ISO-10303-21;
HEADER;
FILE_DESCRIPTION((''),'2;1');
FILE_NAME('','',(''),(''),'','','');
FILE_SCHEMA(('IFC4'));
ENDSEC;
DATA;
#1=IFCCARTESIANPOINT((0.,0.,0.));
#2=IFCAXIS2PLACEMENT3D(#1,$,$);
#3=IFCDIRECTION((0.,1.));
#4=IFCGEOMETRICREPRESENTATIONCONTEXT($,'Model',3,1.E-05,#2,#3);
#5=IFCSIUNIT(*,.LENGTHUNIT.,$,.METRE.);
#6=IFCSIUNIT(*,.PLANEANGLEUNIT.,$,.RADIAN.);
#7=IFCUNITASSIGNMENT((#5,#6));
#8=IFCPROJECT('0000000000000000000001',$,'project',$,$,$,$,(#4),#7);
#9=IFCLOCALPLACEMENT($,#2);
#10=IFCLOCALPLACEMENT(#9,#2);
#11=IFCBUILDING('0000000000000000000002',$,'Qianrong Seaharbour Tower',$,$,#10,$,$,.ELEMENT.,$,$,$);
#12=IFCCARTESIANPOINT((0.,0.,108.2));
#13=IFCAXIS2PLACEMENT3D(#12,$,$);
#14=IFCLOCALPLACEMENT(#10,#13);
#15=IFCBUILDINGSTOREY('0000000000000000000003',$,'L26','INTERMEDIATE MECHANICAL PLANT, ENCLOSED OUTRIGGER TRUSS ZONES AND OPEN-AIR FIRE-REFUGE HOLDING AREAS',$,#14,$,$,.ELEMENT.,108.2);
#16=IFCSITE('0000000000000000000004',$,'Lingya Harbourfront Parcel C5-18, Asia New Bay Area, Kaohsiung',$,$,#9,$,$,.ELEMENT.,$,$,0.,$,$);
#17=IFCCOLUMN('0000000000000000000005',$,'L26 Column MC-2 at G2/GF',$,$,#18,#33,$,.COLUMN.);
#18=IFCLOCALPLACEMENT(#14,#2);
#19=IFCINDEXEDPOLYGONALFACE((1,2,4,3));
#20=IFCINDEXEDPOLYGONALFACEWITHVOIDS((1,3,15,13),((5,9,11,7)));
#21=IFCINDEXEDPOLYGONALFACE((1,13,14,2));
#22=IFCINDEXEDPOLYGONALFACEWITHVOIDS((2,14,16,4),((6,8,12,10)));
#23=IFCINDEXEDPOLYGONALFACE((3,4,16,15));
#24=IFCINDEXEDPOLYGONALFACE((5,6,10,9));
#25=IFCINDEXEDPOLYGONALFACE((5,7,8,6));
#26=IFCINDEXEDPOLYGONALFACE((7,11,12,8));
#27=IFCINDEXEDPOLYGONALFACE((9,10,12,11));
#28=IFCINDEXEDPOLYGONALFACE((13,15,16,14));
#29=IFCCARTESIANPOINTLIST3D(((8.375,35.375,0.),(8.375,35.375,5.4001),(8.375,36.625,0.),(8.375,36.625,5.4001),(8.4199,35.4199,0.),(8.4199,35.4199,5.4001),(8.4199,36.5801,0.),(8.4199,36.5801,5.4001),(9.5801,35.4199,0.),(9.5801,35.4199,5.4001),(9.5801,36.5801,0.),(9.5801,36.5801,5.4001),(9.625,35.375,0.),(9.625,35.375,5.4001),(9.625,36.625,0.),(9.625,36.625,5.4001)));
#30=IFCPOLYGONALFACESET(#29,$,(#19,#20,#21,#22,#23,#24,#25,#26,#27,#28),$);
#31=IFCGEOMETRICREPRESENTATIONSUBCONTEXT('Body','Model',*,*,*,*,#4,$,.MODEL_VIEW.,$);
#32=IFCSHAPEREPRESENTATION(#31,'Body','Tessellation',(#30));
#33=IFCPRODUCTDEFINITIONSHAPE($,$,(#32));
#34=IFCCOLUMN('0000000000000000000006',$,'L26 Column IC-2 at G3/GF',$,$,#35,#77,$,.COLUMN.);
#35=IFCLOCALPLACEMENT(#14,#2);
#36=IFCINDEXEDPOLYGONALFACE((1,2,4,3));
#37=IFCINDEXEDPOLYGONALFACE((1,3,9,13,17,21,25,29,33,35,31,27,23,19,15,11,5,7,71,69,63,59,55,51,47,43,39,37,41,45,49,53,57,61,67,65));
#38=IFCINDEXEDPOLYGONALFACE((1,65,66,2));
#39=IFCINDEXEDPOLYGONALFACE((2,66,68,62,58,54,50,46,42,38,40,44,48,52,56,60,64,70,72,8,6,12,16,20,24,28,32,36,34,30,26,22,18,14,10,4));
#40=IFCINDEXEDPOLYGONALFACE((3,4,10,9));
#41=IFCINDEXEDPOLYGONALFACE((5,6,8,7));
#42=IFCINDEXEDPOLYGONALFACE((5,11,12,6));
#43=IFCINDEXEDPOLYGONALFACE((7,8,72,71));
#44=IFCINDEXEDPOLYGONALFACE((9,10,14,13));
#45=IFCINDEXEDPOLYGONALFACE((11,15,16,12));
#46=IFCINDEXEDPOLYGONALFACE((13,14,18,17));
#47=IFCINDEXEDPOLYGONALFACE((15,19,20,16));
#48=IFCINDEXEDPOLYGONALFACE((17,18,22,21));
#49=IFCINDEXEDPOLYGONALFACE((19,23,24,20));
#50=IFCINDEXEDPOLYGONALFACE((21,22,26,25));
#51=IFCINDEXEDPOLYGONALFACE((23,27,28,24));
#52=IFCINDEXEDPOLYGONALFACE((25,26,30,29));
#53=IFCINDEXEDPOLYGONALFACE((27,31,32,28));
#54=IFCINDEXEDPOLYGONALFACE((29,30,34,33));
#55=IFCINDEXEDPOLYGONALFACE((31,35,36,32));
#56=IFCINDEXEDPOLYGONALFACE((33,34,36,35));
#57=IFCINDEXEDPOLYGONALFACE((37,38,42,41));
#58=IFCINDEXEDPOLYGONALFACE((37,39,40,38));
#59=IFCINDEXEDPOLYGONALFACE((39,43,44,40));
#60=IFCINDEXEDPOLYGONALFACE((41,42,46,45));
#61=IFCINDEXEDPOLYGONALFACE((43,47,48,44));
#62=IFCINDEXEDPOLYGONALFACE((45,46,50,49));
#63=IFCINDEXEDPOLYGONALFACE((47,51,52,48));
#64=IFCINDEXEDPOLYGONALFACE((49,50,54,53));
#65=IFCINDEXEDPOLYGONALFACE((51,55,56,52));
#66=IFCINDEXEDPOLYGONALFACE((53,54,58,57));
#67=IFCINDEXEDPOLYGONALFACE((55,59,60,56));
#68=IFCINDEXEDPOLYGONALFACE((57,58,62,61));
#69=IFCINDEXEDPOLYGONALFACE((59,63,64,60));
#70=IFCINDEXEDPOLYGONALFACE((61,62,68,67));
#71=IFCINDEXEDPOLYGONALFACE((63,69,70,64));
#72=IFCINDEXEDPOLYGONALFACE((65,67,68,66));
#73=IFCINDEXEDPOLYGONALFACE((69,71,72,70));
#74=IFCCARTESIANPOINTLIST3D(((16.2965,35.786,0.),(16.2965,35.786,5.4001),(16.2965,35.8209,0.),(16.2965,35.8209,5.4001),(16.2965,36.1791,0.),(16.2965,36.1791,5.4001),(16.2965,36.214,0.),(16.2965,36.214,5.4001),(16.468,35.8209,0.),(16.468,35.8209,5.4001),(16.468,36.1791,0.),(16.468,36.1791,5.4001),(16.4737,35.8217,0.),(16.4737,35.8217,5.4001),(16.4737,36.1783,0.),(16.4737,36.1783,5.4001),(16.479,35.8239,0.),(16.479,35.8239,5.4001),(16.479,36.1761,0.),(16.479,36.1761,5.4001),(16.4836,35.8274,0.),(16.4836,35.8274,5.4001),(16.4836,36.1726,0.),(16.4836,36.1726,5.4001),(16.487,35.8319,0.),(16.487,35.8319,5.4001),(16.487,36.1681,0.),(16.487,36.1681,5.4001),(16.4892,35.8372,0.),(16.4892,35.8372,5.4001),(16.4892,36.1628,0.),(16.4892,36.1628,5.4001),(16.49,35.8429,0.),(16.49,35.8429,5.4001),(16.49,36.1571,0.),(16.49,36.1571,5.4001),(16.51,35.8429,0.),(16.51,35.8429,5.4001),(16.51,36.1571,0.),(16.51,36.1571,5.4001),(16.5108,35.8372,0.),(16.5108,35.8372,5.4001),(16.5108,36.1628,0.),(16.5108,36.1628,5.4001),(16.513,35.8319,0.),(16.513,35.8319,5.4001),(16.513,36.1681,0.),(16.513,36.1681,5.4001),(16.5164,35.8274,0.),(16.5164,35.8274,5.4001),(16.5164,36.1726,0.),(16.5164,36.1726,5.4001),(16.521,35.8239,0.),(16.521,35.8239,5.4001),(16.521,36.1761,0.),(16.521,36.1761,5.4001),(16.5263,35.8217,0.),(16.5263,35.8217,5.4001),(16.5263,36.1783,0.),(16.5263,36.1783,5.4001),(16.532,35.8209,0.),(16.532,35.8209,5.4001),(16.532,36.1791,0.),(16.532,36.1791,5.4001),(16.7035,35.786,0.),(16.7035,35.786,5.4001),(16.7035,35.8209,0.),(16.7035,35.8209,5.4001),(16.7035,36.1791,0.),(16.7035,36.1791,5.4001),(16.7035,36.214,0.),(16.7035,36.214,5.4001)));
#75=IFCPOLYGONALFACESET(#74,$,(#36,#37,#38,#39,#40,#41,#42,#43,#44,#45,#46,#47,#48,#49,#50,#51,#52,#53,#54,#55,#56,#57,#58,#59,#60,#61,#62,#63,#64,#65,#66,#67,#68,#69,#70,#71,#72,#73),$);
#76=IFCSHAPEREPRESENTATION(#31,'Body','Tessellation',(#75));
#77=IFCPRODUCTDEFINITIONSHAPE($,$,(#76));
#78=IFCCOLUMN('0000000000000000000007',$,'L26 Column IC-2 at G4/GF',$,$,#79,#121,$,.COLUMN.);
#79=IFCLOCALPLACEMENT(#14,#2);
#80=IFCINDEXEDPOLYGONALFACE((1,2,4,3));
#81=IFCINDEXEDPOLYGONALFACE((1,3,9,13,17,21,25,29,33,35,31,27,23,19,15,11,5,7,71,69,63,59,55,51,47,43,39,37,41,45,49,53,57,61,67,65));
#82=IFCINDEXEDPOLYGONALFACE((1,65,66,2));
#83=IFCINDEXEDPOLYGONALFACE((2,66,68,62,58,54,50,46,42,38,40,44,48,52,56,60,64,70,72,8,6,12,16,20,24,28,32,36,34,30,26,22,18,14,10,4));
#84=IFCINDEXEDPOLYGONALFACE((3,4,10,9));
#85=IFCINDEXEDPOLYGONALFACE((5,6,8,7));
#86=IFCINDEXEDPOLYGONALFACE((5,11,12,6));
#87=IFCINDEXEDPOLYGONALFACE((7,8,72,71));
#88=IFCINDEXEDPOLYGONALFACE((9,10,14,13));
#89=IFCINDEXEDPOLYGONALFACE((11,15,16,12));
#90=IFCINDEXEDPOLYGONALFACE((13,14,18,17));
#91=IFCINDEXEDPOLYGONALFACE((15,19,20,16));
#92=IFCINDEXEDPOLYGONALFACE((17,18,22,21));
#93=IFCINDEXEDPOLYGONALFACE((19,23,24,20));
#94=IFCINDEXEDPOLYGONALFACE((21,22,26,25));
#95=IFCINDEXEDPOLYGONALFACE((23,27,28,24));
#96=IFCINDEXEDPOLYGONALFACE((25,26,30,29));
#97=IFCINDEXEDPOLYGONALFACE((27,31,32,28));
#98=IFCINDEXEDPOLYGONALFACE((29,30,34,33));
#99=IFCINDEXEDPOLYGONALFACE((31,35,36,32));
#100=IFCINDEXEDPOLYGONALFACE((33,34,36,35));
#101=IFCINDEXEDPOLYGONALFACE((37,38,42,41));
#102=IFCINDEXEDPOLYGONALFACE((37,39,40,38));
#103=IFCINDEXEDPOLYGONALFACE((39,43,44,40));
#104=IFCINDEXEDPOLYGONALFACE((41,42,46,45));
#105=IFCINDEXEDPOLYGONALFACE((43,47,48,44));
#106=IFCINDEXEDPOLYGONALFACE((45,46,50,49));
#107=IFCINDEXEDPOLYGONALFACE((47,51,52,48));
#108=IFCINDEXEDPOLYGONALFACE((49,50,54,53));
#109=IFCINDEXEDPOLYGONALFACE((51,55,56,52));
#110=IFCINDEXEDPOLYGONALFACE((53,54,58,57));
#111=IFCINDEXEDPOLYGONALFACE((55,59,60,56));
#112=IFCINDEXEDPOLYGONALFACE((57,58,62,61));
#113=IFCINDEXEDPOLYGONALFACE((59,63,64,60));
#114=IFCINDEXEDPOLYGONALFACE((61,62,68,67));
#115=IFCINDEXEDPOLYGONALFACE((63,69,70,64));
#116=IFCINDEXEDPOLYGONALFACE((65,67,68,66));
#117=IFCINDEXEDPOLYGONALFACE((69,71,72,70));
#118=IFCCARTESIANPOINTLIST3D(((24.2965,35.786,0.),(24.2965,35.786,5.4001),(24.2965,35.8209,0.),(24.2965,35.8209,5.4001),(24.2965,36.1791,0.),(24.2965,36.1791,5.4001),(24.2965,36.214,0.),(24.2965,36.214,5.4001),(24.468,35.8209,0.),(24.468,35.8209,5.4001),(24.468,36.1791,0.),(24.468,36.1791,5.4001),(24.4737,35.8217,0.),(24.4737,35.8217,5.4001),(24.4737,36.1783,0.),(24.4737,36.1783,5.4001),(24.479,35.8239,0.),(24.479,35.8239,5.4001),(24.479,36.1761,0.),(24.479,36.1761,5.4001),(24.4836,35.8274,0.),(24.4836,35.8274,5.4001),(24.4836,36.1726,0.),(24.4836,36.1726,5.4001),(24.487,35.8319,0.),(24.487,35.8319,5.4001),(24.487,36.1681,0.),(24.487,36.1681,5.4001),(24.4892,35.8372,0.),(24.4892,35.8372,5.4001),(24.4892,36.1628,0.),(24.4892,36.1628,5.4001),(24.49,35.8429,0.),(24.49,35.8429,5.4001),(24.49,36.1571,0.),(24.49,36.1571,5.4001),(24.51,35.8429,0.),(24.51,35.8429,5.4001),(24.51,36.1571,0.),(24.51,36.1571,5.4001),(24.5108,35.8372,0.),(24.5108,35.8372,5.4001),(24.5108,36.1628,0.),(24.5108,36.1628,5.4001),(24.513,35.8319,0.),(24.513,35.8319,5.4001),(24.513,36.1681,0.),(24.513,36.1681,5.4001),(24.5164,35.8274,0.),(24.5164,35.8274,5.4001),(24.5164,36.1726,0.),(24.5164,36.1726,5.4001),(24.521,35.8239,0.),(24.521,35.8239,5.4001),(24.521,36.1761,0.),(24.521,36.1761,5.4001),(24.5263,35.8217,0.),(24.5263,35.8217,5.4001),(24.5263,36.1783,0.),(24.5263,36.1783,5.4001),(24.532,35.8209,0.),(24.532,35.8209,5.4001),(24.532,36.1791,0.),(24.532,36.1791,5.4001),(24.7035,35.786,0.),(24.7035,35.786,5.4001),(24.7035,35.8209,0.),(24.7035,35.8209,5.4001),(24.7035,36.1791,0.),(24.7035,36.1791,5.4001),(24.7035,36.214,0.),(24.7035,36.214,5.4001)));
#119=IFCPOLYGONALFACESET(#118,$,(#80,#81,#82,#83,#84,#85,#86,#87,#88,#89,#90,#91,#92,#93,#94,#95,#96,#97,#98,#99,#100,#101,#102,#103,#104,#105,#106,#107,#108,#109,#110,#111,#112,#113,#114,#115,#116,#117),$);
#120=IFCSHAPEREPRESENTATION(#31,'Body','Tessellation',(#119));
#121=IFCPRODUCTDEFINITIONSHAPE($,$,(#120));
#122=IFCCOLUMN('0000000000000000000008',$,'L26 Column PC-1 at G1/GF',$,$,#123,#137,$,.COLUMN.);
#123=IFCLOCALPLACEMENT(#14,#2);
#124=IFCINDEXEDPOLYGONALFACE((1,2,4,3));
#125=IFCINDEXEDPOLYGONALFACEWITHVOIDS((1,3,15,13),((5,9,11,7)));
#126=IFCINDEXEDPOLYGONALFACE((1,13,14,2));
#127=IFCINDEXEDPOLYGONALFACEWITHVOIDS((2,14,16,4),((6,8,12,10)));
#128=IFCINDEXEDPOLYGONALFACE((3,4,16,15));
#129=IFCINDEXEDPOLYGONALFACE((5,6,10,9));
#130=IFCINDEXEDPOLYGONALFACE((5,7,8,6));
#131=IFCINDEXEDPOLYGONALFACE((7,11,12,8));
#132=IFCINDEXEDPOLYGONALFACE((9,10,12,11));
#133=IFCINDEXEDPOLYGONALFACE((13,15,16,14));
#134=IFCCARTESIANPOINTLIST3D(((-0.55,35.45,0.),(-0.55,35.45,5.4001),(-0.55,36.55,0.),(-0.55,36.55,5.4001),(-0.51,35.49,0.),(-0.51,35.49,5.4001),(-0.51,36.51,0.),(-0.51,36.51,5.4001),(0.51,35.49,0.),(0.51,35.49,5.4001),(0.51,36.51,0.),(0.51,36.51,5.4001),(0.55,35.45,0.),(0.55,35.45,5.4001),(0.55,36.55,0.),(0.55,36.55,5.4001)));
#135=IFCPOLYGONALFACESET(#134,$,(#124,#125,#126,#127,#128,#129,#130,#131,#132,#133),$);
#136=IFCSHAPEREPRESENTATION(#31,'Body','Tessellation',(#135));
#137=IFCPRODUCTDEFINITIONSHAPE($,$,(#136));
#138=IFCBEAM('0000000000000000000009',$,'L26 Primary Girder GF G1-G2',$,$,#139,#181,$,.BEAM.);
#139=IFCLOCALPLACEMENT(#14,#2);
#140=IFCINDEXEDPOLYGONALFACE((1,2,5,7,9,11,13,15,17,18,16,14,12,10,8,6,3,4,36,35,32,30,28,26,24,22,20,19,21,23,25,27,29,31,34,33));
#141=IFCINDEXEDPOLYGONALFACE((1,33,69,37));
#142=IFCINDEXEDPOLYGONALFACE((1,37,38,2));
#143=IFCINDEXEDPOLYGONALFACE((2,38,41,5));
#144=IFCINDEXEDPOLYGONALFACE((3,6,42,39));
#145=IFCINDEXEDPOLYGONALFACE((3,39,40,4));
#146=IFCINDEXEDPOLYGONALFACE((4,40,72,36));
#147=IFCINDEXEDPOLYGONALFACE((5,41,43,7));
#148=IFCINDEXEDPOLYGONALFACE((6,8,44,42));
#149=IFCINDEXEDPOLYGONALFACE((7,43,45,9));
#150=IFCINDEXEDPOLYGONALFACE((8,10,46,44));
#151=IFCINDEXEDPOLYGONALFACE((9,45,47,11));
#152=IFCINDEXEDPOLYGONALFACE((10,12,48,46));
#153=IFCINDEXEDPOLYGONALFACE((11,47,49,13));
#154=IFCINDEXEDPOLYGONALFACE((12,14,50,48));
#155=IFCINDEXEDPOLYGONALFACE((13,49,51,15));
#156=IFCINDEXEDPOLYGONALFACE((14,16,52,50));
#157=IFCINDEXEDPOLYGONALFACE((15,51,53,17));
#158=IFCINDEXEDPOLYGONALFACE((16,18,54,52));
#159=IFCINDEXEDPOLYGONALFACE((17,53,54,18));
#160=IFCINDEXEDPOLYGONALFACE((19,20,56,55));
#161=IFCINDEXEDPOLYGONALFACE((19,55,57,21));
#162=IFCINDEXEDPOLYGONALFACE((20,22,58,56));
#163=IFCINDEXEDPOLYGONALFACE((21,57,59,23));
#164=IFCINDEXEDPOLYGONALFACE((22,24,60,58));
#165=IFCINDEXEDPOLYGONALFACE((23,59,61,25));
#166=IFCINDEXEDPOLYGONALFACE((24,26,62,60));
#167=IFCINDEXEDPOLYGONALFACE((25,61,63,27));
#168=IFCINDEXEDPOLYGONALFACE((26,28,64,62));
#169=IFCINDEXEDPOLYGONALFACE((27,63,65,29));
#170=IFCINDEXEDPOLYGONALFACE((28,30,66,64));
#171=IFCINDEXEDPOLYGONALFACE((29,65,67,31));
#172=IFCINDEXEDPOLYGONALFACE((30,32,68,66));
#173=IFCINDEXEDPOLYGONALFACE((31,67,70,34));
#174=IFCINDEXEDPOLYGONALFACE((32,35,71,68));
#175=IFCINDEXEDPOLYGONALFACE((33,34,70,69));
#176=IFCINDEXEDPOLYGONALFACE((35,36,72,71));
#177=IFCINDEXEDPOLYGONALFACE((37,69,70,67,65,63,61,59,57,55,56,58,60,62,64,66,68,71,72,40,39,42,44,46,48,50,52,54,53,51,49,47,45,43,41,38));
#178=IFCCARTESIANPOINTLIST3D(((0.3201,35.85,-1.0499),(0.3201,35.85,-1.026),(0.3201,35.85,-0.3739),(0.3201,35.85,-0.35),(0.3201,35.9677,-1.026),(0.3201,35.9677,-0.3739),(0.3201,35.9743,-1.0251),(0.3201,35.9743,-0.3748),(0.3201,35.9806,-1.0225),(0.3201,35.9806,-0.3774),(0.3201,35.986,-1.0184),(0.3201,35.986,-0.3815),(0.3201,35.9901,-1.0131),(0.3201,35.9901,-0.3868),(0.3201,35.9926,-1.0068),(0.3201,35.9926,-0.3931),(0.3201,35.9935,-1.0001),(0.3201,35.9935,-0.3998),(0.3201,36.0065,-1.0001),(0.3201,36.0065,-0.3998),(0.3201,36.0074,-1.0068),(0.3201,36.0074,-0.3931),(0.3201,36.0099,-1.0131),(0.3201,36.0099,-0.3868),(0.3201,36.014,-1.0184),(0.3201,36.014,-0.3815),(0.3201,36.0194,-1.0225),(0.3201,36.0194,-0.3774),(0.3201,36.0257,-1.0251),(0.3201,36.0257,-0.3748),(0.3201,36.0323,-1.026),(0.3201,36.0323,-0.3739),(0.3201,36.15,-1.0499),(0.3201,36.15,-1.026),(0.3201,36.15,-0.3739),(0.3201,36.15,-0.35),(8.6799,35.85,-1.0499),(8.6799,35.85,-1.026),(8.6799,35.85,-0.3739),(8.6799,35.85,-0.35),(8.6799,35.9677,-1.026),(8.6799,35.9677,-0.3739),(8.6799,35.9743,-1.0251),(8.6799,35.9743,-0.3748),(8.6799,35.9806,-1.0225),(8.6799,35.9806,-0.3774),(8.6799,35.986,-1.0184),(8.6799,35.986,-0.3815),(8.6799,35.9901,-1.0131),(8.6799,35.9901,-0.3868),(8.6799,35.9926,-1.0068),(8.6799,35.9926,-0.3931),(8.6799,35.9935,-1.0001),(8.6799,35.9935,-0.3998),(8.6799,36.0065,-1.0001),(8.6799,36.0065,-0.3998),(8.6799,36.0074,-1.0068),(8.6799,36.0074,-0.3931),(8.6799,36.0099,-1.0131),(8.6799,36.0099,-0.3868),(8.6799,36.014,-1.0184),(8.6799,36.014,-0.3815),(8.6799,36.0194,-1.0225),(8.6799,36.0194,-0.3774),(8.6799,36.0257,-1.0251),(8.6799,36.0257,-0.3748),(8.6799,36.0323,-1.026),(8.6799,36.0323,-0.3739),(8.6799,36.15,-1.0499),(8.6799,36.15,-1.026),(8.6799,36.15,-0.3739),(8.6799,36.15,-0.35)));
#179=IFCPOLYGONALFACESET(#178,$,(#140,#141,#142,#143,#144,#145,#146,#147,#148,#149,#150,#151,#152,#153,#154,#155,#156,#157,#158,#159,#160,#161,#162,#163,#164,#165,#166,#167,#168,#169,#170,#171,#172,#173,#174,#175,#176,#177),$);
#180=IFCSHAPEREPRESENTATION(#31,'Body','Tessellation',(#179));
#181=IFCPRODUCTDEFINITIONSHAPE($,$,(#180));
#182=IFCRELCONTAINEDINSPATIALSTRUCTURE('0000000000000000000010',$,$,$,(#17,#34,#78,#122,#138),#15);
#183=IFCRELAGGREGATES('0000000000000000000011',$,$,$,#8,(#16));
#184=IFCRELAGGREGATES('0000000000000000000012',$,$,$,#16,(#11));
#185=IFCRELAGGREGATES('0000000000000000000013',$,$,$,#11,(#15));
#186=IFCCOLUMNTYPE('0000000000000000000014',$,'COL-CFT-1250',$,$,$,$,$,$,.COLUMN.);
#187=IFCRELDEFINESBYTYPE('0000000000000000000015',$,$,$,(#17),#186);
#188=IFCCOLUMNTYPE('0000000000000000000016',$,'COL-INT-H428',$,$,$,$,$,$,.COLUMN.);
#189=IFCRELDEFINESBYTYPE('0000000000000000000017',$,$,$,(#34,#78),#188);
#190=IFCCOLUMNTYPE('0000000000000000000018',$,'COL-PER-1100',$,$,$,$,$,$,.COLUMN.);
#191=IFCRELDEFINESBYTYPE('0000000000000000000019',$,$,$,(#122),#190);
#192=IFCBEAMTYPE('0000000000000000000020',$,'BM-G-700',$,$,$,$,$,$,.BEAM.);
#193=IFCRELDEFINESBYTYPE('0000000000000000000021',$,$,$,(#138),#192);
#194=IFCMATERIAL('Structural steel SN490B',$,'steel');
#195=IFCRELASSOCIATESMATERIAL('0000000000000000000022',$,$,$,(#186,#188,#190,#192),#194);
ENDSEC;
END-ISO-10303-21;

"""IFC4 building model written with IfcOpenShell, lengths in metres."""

from ifc_helpers import new_model, si_unit, direction, frame, origin, origin_2d, place, context, subcontext, project, spatial, hollow_rectangle, i_section, extrude, material, material_profile, profile_set, type_object, element, save


model = new_model("IFC4")

# Units and contexts
model_context = context("Model", 3, precision=1e-05, world=origin(), true_north=direction((0.0, 1.0)))
body_context = subcontext(model_context, "Body", "Model", "MODEL_VIEW")
ifc_project = project(units=[si_unit("LENGTHUNIT", "METRE"), si_unit("PLANEANGLEUNIT", "RADIAN")], contexts=[model_context])

# Site, building, storey
site_placement = place(None, origin())
site = spatial("IfcSite", under=ifc_project, at=site_placement, Name="Lingya Harbourfront Parcel C5-18, Asia New Bay Area, Kaohsiung", CompositionType="ELEMENT", RefElevation=0.0)
building_placement = place(site_placement, origin())
building = spatial("IfcBuilding", under=site, at=building_placement, Name="Qianrong Seaharbour Tower", CompositionType="ELEMENT")
storey_placement = place(building_placement, frame((0.0, 0.0, 108.2)))
storey = spatial("IfcBuildingStorey", under=building, at=storey_placement, Name="L26", Description="INTERMEDIATE MECHANICAL PLANT, ENCLOSED OUTRIGGER TRUSS ZONES AND OPEN-AIR FIRE-REFUGE HOLDING AREAS", CompositionType="ELEMENT", Elevation=108.2)

# Columns
ifc_material_1 = material(Name="Structural steel SN490B", Category="steel")
ifc_material_profile_1 = material_profile(ifc_material_1, hollow_rectangle(XDim=1.25, YDim=1.25, WallThickness=0.0449, at=origin_2d()), Name="BOX1250x1250x45")
ifc_profile_set_1 = profile_set([ifc_material_profile_1], Name="Structural steel SN490B")
column_type_1 = type_object("IfcColumnType", Name="COL-CFT-1250", PredefinedType="COLUMN", material=ifc_profile_set_1)
column_1_placement = place(storey_placement, frame((9.0, 36.0, 0.0), z_axis=(0.0, 0.0, 1.0), x_axis=(1.0, 0.0, 0.0)))
element("IfcColumn", 1, at=column_1_placement, inside=storey, type_object=column_type_1, Name="L26 Column MC-2 at G2/GF", PredefinedType="COLUMN", context=body_context, shape_type="SweptSolid", body=[
    extrude(hollow_rectangle(XDim=1.25, YDim=1.25, WallThickness=0.0449, at=origin_2d()), origin(), (0.0, 0.0, 1.0), 5.4001),
])
ifc_material_profile_2 = material_profile(ifc_material_1, i_section(OverallWidth=0.407, OverallDepth=0.428, WebThickness=0.02, FlangeThickness=0.0349, FilletRadius=0.022, at=origin_2d()), Name="H428x407x20x35")
ifc_profile_set_2 = profile_set([ifc_material_profile_2], Name="Structural steel SN490B")
column_type_2 = type_object("IfcColumnType", Name="COL-INT-H428", PredefinedType="COLUMN", material=ifc_profile_set_2)
for number, where, z_axis, x_axis, name in (
    (2, (16.5, 36.0, 0.0), (0.0, 0.0, 1.0), (1.0, 0.0, 0.0), "L26 Column IC-2 at G3/GF"),
    (3, (24.5, 36.0, 0.0), (0.0, 0.0, 1.0), (1.0, 0.0, 0.0), "L26 Column IC-2 at G4/GF"),
):
    element("IfcColumn", number, at=place(storey_placement, frame(where, z_axis=z_axis, x_axis=x_axis)), inside=storey, type_object=column_type_2, Name=name, PredefinedType="COLUMN", context=body_context, shape_type="SweptSolid", body=[
        extrude(i_section(OverallWidth=0.407, OverallDepth=0.428, WebThickness=0.02, FlangeThickness=0.0349, FilletRadius=0.022, at=origin_2d()), origin(), (0.0, 0.0, 1.0), 5.4001),
    ])
ifc_material_profile_3 = material_profile(ifc_material_1, hollow_rectangle(XDim=1.1001, YDim=1.1001, WallThickness=0.04, at=origin_2d()), Name="BOX1100x1100x40")
ifc_profile_set_3 = profile_set([ifc_material_profile_3], Name="Structural steel SN490B")
column_type_3 = type_object("IfcColumnType", Name="COL-PER-1100", PredefinedType="COLUMN", material=ifc_profile_set_3)
column_2_placement = place(storey_placement, frame((0.0, 36.0, 0.0), z_axis=(0.0, 0.0, 1.0), x_axis=(1.0, 0.0, 0.0)))
element("IfcColumn", 4, at=column_2_placement, inside=storey, type_object=column_type_3, Name="L26 Column PC-1 at G1/GF", PredefinedType="COLUMN", context=body_context, shape_type="SweptSolid", body=[
    extrude(hollow_rectangle(XDim=1.1001, YDim=1.1001, WallThickness=0.04, at=origin_2d()), origin(), (0.0, 0.0, 1.0), 5.4001),
])

# Beam
ifc_material_profile_4 = material_profile(ifc_material_1, i_section(OverallWidth=0.3, OverallDepth=0.7, WebThickness=0.0129, FlangeThickness=0.0239, FilletRadius=0.0259, at=origin_2d()), Name="H700x300x13x24")
ifc_profile_set_4 = profile_set([ifc_material_profile_4], Name="Structural steel SN490B")
beam_type_1 = type_object("IfcBeamType", Name="BM-G-700", PredefinedType="BEAM", material=ifc_profile_set_4)
beam_1_placement = place(storey_placement, frame((0.3201, 36.0, -0.7), z_axis=(1.0, 0.0, 0.0), x_axis=(0.0, 1.0, 0.0)))
element("IfcBeam", 5, at=beam_1_placement, inside=storey, type_object=beam_type_1, Name="L26 Primary Girder GF G1-G2", PredefinedType="BEAM", context=body_context, shape_type="SweptSolid", body=[
    extrude(i_section(OverallWidth=0.3, OverallDepth=0.7, WebThickness=0.0129, FlangeThickness=0.0239, FilletRadius=0.0259, at=origin_2d()), origin(), (0.0, 0.0, 1.0), 8.3599),
])

save(model, "model.ifc")
